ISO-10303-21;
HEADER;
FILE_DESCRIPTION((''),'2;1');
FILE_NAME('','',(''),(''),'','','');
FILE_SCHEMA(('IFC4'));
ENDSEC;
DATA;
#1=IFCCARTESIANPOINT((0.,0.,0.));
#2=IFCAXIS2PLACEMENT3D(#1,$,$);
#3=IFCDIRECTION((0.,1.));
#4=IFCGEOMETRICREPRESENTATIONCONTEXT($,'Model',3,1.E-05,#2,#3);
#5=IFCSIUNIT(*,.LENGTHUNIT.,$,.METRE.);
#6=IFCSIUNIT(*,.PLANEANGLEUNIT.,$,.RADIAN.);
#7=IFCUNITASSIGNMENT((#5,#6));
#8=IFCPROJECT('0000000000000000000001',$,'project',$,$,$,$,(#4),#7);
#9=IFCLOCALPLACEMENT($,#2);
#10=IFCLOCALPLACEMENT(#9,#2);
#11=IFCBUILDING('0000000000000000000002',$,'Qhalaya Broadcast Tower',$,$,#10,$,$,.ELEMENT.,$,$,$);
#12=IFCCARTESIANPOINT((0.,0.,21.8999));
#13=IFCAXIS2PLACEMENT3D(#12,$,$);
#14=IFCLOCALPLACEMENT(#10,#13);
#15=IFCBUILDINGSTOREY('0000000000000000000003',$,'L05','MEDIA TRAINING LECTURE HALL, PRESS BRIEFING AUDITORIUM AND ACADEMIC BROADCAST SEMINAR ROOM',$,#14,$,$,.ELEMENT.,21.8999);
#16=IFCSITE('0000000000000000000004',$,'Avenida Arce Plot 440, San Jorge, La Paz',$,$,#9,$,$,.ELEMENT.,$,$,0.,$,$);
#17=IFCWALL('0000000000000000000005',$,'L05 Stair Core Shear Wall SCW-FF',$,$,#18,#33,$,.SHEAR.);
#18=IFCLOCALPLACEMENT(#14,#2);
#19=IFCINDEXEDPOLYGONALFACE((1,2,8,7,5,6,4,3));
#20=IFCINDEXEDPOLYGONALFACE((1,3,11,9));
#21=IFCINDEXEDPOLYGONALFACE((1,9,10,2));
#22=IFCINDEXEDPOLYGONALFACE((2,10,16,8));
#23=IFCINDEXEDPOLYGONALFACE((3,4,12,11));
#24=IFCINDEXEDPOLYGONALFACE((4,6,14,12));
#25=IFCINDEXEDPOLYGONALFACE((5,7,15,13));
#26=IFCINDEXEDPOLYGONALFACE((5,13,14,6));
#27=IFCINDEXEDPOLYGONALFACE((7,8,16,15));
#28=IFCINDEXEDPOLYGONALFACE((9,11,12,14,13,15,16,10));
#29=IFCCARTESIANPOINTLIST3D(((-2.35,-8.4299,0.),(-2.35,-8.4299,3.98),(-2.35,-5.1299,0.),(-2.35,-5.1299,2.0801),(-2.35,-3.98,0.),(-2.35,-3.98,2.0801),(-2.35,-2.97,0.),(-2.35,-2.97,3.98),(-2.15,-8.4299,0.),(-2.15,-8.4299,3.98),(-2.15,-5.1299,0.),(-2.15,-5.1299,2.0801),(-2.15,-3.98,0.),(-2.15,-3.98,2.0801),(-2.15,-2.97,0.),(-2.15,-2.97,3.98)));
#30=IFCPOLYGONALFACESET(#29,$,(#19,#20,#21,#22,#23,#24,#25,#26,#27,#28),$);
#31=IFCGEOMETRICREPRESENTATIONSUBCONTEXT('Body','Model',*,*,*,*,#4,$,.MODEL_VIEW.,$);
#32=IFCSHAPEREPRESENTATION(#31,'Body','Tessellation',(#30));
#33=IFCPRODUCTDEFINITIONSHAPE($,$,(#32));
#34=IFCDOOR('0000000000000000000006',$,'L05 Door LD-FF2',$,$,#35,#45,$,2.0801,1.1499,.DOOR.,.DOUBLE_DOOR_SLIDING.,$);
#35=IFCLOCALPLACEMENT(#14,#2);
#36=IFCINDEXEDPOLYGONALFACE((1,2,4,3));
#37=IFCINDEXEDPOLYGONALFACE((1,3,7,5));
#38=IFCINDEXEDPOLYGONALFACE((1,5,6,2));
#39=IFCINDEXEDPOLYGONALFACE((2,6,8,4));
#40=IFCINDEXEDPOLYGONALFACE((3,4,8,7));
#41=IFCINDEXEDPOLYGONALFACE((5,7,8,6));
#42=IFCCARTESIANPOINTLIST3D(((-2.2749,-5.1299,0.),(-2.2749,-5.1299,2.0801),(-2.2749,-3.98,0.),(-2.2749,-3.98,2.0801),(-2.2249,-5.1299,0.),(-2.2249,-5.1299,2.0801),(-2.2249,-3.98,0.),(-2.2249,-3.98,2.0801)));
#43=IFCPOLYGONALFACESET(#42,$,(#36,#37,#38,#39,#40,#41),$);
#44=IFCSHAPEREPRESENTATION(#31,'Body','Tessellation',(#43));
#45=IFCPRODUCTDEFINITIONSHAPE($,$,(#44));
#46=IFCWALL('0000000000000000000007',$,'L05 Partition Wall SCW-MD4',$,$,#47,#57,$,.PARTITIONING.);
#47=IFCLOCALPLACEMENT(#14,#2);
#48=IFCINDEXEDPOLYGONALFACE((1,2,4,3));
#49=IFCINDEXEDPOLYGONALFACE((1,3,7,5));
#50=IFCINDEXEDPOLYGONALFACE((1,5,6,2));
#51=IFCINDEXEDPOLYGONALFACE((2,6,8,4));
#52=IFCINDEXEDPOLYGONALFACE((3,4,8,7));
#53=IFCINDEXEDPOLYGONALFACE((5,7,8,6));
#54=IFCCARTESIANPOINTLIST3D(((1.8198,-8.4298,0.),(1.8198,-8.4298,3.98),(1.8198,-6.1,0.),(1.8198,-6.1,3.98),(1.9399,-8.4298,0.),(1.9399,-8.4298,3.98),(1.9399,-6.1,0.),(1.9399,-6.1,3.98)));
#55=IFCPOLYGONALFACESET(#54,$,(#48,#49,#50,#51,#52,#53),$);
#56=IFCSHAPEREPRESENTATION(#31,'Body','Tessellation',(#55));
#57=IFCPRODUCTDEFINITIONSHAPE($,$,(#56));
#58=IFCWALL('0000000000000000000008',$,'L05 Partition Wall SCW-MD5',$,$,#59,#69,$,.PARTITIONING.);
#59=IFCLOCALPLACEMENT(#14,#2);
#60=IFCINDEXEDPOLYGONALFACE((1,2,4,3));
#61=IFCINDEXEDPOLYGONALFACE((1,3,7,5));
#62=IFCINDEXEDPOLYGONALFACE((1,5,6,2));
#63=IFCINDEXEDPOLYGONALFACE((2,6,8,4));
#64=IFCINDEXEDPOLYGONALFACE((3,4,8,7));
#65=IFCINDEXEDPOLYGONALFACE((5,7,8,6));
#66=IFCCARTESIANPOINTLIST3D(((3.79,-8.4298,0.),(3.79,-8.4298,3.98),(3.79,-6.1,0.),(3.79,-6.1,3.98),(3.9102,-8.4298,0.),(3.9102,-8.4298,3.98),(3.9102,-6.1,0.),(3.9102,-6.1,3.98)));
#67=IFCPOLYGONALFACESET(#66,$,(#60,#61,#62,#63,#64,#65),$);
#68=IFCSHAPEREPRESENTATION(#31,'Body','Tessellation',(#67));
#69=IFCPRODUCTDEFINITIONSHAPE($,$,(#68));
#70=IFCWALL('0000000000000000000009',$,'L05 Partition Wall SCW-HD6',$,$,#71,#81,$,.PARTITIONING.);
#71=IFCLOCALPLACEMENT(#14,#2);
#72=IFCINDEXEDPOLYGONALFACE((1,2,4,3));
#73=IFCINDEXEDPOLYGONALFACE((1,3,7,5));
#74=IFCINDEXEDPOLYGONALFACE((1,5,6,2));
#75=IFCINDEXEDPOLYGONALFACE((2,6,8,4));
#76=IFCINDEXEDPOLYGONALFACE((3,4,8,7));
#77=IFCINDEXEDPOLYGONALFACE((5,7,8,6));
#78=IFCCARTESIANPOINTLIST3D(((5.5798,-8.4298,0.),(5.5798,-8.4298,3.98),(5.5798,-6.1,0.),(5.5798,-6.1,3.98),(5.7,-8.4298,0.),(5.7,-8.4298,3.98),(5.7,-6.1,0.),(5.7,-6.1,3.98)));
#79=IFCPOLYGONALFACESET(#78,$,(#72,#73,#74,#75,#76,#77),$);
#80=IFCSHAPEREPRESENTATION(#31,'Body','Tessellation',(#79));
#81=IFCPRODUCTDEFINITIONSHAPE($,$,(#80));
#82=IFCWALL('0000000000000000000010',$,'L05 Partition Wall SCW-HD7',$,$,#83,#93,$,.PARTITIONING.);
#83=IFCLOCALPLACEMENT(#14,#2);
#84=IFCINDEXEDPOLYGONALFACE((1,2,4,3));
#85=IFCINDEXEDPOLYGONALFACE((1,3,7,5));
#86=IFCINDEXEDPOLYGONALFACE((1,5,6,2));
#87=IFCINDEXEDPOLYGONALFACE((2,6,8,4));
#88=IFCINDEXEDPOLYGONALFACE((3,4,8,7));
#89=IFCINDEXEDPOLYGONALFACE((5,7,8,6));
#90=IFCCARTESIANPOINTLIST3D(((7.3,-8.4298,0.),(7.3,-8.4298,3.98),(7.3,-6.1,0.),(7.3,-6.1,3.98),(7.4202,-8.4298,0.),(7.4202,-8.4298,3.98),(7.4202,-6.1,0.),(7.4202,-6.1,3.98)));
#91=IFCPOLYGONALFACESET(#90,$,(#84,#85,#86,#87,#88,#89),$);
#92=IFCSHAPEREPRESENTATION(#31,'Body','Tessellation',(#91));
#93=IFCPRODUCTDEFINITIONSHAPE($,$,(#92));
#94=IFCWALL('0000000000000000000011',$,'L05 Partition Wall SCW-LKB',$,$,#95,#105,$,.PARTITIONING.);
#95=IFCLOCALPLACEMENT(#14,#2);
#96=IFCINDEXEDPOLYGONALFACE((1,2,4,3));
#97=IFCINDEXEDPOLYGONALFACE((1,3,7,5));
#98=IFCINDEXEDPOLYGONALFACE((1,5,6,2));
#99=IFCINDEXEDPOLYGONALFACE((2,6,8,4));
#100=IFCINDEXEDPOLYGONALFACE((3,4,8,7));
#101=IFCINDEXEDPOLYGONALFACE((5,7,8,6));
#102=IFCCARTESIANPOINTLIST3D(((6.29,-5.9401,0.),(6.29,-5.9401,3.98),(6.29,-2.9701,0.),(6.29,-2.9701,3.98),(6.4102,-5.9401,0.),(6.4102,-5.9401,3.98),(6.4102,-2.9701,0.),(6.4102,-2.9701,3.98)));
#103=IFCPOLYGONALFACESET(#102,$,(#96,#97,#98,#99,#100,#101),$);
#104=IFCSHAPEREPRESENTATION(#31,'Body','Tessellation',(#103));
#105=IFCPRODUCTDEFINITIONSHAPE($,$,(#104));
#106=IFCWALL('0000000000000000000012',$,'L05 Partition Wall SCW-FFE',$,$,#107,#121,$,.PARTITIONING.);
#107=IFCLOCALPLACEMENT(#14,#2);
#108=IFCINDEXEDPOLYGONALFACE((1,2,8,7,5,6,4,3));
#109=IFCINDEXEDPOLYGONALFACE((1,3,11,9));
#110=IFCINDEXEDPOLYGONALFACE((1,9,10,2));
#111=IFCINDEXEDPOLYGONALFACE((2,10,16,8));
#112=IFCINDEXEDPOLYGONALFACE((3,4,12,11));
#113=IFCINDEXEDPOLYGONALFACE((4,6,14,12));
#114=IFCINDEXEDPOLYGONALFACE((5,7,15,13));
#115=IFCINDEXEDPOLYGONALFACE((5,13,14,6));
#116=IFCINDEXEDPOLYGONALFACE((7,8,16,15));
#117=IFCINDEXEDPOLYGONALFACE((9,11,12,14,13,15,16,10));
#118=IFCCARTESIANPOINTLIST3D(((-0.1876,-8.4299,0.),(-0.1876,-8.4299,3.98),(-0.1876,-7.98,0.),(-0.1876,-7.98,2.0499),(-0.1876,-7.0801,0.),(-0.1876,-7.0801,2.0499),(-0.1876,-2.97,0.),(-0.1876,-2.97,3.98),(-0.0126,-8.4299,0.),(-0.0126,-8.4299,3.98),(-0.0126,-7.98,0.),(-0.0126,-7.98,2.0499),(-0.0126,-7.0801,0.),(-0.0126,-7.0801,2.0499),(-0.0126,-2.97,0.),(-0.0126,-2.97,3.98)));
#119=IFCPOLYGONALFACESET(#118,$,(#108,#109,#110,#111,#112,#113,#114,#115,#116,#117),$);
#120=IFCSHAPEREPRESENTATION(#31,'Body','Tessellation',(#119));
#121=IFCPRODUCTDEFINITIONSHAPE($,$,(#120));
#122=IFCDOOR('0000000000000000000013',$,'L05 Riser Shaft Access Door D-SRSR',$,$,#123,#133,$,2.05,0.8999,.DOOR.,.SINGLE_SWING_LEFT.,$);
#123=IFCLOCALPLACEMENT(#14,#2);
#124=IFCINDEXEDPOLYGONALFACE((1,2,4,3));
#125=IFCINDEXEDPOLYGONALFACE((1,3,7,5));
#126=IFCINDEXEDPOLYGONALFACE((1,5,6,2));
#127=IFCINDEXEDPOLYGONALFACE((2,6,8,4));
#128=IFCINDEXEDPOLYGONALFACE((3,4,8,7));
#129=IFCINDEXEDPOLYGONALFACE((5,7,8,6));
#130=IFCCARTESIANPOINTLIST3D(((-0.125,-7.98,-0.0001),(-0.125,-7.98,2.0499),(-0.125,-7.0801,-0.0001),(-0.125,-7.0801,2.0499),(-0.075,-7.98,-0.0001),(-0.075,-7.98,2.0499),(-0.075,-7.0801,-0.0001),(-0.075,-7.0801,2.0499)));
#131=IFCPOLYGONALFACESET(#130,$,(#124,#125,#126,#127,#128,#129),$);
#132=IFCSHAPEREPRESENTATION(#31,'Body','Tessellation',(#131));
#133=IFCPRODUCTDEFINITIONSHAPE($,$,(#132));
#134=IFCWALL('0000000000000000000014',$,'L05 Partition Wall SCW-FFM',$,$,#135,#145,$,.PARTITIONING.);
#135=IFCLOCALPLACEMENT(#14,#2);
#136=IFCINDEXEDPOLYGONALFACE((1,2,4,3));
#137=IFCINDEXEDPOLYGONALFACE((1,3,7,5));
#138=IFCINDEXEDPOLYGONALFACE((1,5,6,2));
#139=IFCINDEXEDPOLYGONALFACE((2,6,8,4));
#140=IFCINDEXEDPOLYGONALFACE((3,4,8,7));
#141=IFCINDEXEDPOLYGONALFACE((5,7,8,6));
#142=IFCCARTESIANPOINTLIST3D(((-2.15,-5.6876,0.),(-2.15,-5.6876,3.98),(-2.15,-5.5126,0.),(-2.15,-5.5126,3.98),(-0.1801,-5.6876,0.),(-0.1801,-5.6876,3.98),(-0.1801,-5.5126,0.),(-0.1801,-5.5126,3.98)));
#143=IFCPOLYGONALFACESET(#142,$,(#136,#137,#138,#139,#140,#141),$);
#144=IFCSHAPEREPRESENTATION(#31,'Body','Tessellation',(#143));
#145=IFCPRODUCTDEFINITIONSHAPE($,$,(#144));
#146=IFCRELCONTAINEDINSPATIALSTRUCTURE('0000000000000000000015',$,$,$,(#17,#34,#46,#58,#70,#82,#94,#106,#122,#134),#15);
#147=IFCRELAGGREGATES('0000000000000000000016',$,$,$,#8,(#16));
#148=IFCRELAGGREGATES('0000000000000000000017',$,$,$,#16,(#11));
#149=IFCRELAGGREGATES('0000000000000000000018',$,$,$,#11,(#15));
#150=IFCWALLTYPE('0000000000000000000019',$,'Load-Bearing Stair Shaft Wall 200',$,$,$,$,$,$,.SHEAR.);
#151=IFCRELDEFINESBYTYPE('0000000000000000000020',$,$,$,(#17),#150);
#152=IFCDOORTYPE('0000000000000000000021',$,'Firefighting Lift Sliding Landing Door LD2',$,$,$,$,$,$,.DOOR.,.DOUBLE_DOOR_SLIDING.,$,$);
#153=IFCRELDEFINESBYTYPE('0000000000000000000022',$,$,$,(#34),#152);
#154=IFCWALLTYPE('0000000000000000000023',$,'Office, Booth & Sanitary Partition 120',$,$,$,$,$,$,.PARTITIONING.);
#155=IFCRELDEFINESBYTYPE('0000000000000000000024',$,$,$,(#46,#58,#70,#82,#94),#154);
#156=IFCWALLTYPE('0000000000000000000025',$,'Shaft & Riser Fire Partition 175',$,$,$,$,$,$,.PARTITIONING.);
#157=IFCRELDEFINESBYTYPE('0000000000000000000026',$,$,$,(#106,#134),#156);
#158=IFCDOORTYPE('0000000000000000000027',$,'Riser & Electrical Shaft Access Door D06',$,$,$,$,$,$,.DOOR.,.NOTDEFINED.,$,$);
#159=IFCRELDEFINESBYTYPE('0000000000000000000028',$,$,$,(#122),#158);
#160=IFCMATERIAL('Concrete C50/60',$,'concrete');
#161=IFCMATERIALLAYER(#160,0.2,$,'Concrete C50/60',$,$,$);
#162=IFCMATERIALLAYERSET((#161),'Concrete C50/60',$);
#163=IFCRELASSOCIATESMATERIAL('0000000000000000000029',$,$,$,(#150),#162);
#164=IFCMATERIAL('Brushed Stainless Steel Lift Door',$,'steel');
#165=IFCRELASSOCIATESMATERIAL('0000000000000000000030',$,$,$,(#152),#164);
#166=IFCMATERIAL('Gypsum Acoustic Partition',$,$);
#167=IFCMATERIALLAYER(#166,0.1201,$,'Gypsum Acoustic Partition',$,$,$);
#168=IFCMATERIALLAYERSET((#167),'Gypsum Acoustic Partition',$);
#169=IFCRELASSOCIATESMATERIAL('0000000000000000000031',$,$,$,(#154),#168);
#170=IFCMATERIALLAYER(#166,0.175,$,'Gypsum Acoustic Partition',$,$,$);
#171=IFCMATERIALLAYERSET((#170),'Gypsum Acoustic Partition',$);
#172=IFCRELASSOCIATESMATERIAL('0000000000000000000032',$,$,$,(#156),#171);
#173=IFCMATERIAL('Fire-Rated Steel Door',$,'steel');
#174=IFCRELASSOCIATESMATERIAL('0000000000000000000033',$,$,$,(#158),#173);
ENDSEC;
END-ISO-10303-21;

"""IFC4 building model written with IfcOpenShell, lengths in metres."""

from ifc_helpers import new_model, si_unit, direction, frame, frame_2d, origin, place, context, subcontext, project, spatial, rectangle, extrude, material, layer, layer_set, type_object, element, fill, save


model = new_model("IFC4")

# Units and contexts
model_context = context("Model", 3, precision=1e-05, world=origin(), true_north=direction((0.0, 1.0)))
body_context = subcontext(model_context, "Body", "Model", "MODEL_VIEW")
ifc_project = project(units=[si_unit("LENGTHUNIT", "METRE"), si_unit("PLANEANGLEUNIT", "RADIAN")], contexts=[model_context])

# Site, building, storey
site_placement = place(None, origin())
site = spatial("IfcSite", under=ifc_project, at=site_placement, Name="Avenida Arce Plot 440, San Jorge, La Paz", CompositionType="ELEMENT", RefElevation=0.0)
building_placement = place(site_placement, origin())
building = spatial("IfcBuilding", under=site, at=building_placement, Name="Qhalaya Broadcast Tower", CompositionType="ELEMENT")
storey_placement = place(building_placement, frame((0.0, 0.0, 21.8999)))
storey = spatial("IfcBuildingStorey", under=building, at=storey_placement, Name="L05", Description="MEDIA TRAINING LECTURE HALL, PRESS BRIEFING AUDITORIUM AND ACADEMIC BROADCAST SEMINAR ROOM", CompositionType="ELEMENT", Elevation=21.8999)

# Shared definitions
ifc_material_1 = material(Name="Concrete C50/60", Category="concrete")

# Shared definitions
ifc_material_2 = material(Name="Gypsum Acoustic Partition")

# Wall, opening, door
ifc_layer_1 = layer(ifc_material_1, 0.2, Name="Concrete C50/60")
ifc_layer_set_1 = layer_set([ifc_layer_1], Name="Concrete C50/60")
wall_type_1 = type_object("IfcWallType", Name="Load-Bearing Stair Shaft Wall 200", PredefinedType="SHEAR", material=ifc_layer_set_1)
wall_1_placement = place(storey_placement, frame((-2.25, -8.4299, 0.0), z_axis=(0.0, 0.0, 1.0), x_axis=(0.0, 1.0, 0.0)))
wall_1 = element("IfcWall", 1, at=wall_1_placement, inside=storey, type_object=wall_type_1, Name="L05 Stair Core Shear Wall SCW-FF", PredefinedType="SHEAR", context=body_context, shape_type="SweptSolid", body=[
    extrude(rectangle(XDim=5.46, YDim=0.2, at=frame_2d((2.73, 0.0))), origin(), (0.0, 0.0, 1.0), 3.98),
])
opening_1_placement = place(wall_1_placement, frame((3.3, 0.0, 0.0)))
opening_1 = element("IfcOpeningElement", 2, at=opening_1_placement, cuts=wall_1, PredefinedType="OPENING", context=body_context, shape_type="SweptSolid", body=[
    extrude(rectangle(XDim=1.1499, YDim=2.0801, at=frame_2d((0.575, 1.04))), frame((0.0, 0.1121, 0.0), z_axis=(0.0, -1.0, 0.0), x_axis=(1.0, 0.0, 0.0)), (0.0, 0.0, 1.0), 0.2239),
])
ifc_material_3 = material(Name="Brushed Stainless Steel Lift Door", Category="steel")
door_type_1 = type_object("IfcDoorType", Name="Firefighting Lift Sliding Landing Door LD2", OperationType="DOUBLE_DOOR_SLIDING", PredefinedType="DOOR", material=ifc_material_3)
door_1_placement = place(opening_1_placement, origin())
door_1 = element("IfcDoor", 3, at=door_1_placement, inside=storey, type_object=door_type_1, Name="L05 Door LD-FF2", OperationType="DOUBLE_DOOR_SLIDING", OverallHeight=2.0801, OverallWidth=1.1499, PredefinedType="DOOR", context=body_context, shape_type="SweptSolid", body=[
    extrude(rectangle(XDim=1.1499, YDim=2.0801, at=frame_2d((0.575, 1.04))), frame((0.0, 0.0249, 0.0), z_axis=(0.0, -1.0, 0.0), x_axis=(1.0, 0.0, 0.0)), (0.0, 0.0, 1.0), 0.05),
])
fill(opening_1, door_1)

# Walls
ifc_layer_2 = layer(ifc_material_2, 0.1201, Name="Gypsum Acoustic Partition")
ifc_layer_set_2 = layer_set([ifc_layer_2], Name="Gypsum Acoustic Partition")
wall_type_2 = type_object("IfcWallType", Name="Office, Booth & Sanitary Partition 120", PredefinedType="PARTITIONING", material=ifc_layer_set_2)
for number, where, z_axis, x_axis, name in (
    (4, (1.8799, -8.4299, 0.0), (0.0, 0.0, 1.0), (0.0, 1.0, 0.0), "L05 Partition Wall SCW-MD4"),
    (5, (3.8501, -8.4299, 0.0), (0.0, 0.0, 1.0), (0.0, 1.0, 0.0), "L05 Partition Wall SCW-MD5"),
    (6, (5.6399, -8.4299, 0.0), (0.0, 0.0, 1.0), (0.0, 1.0, 0.0), "L05 Partition Wall SCW-HD6"),
    (7, (7.3601, -8.4299, 0.0), (0.0, 0.0, 1.0), (0.0, 1.0, 0.0), "L05 Partition Wall SCW-HD7"),
):
    element("IfcWall", number, at=place(storey_placement, frame(where, z_axis=z_axis, x_axis=x_axis)), inside=storey, type_object=wall_type_2, Name=name, PredefinedType="PARTITIONING", context=body_context, shape_type="SweptSolid", body=[
        extrude(rectangle(XDim=2.3298, YDim=0.1201, at=frame_2d((1.165, 0.0))), origin(), (0.0, 0.0, 1.0), 3.98),
    ])
wall_2_placement = place(storey_placement, frame((6.3501, -5.9399, 0.0), z_axis=(0.0, 0.0, 1.0), x_axis=(0.0, 1.0, 0.0)))
element("IfcWall", 8, at=wall_2_placement, inside=storey, type_object=wall_type_2, Name="L05 Partition Wall SCW-LKB", PredefinedType="PARTITIONING", context=body_context, shape_type="SweptSolid", body=[
    extrude(rectangle(XDim=2.97, YDim=0.1201, at=frame_2d((1.4849, 0.0))), origin(), (0.0, 0.0, 1.0), 3.98),
])

# Wall, opening, door
ifc_layer_3 = layer(ifc_material_2, 0.175, Name="Gypsum Acoustic Partition")
ifc_layer_set_3 = layer_set([ifc_layer_3], Name="Gypsum Acoustic Partition")
wall_type_3 = type_object("IfcWallType", Name="Shaft & Riser Fire Partition 175", PredefinedType="PARTITIONING", material=ifc_layer_set_3)
wall_3_placement = place(storey_placement, frame((-0.1001, -8.4299, 0.0), z_axis=(0.0, 0.0, 1.0), x_axis=(0.0, 1.0, 0.0)))
wall_3 = element("IfcWall", 9, at=wall_3_placement, inside=storey, type_object=wall_type_3, Name="L05 Partition Wall SCW-FFE", PredefinedType="PARTITIONING", context=body_context, shape_type="SweptSolid", body=[
    extrude(rectangle(XDim=5.46, YDim=0.175, at=frame_2d((2.73, 0.0))), origin(), (0.0, 0.0, 1.0), 3.98),
])
opening_2_placement = place(wall_3_placement, frame((0.45, 0.0, 0.0)))
opening_2 = element("IfcOpeningElement", 10, at=opening_2_placement, cuts=wall_3, PredefinedType="OPENING", context=body_context, shape_type="SweptSolid", body=[
    extrude(rectangle(XDim=0.8999, YDim=2.05, at=frame_2d((0.45, 1.0249))), frame((0.0, 0.0996, 0.0), z_axis=(0.0, -1.0, 0.0), x_axis=(1.0, 0.0, 0.0)), (0.0, 0.0, 1.0), 0.199),
])
ifc_material_4 = material(Name="Fire-Rated Steel Door", Category="steel")
door_type_2 = type_object("IfcDoorType", Name="Riser & Electrical Shaft Access Door D06", OperationType="NOTDEFINED", PredefinedType="DOOR", material=ifc_material_4)
door_2_placement = place(opening_2_placement, origin())
door_2 = element("IfcDoor", 11, at=door_2_placement, inside=storey, type_object=door_type_2, Name="L05 Riser Shaft Access Door D-SRSR", OperationType="SINGLE_SWING_LEFT", OverallHeight=2.05, OverallWidth=0.8999, PredefinedType="DOOR", context=body_context, shape_type="SweptSolid", body=[
    extrude(rectangle(XDim=0.8999, YDim=2.05, at=frame_2d((0.45, 1.0249))), frame((0.0, 0.0249, 0.0), z_axis=(0.0, -1.0, 0.0), x_axis=(1.0, 0.0, 0.0)), (0.0, 0.0, 1.0), 0.05),
])
fill(opening_2, door_2)

# Wall
wall_4_placement = place(storey_placement, frame((-2.1499, -5.6001, 0.0), z_axis=(0.0, 0.0, 1.0), x_axis=(1.0, 0.0, 0.0)))
element("IfcWall", 12, at=wall_4_placement, inside=storey, type_object=wall_type_3, Name="L05 Partition Wall SCW-FFM", PredefinedType="PARTITIONING", context=body_context, shape_type="SweptSolid", body=[
    extrude(rectangle(XDim=1.97, YDim=0.175, at=frame_2d((0.9849, 0.0))), origin(), (0.0, 0.0, 1.0), 3.98),
])

save(model, "model.ifc")
